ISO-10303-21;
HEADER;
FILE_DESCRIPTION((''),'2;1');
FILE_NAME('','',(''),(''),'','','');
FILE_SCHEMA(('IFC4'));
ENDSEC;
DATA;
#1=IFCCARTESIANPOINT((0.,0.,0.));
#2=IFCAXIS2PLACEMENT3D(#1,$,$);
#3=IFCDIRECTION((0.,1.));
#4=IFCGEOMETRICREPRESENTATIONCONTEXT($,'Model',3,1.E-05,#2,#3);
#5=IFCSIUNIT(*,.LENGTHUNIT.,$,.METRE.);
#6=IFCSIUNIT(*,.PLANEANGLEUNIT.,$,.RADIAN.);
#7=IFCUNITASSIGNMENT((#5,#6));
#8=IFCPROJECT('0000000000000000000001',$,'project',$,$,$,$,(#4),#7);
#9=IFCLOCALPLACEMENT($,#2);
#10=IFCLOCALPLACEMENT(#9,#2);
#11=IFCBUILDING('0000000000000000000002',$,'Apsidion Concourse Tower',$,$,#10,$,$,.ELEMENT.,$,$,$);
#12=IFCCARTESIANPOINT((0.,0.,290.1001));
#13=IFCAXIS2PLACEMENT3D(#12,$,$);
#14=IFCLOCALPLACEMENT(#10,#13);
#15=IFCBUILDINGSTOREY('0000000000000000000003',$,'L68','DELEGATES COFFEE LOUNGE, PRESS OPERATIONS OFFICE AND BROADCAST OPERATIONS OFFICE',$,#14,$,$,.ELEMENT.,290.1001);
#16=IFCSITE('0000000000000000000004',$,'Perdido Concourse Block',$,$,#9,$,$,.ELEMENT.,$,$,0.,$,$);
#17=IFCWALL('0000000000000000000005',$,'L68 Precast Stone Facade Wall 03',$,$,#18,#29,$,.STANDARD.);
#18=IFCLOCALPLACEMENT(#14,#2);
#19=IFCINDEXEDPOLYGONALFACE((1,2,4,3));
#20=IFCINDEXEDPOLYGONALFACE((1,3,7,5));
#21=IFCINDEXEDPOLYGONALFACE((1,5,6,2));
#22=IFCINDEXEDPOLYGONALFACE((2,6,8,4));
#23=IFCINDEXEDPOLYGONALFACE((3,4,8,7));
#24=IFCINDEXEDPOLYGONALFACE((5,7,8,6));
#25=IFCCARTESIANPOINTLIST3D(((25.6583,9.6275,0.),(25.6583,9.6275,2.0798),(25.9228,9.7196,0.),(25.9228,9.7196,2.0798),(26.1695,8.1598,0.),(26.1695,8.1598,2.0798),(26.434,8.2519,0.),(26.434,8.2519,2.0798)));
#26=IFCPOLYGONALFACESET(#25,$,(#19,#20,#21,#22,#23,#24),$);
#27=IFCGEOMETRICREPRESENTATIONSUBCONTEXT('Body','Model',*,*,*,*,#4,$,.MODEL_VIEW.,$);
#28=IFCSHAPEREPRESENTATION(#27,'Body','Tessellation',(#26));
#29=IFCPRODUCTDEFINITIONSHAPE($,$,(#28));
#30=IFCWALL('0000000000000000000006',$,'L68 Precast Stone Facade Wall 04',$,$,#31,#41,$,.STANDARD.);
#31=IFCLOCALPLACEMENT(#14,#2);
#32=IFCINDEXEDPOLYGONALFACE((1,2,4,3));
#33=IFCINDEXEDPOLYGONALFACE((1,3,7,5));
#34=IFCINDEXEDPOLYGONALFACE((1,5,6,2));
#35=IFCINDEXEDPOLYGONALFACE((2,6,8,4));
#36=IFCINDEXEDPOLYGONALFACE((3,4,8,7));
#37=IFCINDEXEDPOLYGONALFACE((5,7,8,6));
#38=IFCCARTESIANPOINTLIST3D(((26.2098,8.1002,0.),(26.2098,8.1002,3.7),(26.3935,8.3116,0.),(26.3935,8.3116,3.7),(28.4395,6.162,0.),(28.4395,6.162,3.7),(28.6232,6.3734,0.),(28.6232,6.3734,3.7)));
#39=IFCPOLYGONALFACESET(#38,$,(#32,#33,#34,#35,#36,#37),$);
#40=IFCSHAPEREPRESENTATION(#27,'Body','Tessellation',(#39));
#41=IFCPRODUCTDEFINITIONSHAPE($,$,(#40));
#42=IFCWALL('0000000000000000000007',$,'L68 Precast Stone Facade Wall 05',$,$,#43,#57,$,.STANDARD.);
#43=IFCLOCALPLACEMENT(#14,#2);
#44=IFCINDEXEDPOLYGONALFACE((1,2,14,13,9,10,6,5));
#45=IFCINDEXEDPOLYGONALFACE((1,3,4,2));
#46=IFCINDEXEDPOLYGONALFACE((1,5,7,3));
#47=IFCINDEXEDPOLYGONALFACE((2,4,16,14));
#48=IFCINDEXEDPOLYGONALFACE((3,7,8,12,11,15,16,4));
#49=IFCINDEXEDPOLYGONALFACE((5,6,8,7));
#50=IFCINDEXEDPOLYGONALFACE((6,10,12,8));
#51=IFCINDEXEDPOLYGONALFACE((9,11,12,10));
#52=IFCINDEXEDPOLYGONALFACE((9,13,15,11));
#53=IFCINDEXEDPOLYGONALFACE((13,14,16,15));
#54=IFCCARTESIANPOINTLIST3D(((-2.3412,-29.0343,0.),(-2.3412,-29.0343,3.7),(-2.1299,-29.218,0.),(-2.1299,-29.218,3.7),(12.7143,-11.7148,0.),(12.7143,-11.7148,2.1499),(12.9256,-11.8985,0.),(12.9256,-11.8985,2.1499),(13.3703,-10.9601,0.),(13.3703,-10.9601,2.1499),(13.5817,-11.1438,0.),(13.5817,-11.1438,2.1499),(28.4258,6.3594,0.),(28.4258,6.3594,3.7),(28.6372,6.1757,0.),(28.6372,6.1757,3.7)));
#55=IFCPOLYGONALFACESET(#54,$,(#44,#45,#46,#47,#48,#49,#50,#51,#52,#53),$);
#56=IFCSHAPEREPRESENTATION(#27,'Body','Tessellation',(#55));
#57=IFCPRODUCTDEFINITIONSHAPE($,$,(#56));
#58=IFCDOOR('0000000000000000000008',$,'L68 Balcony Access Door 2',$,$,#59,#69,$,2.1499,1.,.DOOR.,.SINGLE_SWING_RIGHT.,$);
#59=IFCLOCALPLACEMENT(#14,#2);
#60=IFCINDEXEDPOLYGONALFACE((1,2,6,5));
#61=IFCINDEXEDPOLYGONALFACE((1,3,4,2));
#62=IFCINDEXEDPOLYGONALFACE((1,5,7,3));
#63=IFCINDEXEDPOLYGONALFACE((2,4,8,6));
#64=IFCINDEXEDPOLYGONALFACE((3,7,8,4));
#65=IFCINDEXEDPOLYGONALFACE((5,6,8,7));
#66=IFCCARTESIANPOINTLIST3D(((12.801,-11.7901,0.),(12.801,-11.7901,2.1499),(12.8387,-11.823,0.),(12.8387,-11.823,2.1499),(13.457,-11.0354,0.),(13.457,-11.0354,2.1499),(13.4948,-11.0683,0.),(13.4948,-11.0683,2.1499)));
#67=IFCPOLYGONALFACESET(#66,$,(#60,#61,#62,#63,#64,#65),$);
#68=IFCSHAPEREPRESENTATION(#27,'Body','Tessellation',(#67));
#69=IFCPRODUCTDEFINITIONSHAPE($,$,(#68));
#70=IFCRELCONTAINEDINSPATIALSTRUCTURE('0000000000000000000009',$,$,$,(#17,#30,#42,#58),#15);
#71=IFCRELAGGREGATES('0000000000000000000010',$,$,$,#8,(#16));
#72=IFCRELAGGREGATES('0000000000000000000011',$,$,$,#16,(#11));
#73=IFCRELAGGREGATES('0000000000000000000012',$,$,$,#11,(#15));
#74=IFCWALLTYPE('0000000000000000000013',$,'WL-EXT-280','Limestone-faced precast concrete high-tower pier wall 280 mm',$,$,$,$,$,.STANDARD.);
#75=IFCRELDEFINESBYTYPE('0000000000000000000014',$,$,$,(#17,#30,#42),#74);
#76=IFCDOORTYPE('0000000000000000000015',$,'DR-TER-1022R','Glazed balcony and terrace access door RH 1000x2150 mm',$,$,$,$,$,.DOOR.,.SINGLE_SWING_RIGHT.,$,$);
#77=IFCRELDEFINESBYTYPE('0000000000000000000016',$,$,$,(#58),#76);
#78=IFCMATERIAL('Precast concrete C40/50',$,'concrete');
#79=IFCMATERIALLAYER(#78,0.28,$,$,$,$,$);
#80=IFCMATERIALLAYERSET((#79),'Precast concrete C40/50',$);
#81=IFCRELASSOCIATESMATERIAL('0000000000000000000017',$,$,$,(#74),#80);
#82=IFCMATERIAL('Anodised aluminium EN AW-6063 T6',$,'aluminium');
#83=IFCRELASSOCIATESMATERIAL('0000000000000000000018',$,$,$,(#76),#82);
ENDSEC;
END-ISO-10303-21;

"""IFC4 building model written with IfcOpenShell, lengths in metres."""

from ifc_helpers import new_model, si_unit, direction, frame, frame_2d, origin, place, context, subcontext, project, spatial, rectangle, extrude, material, layer, layer_set, type_object, element, fill, save


model = new_model("IFC4")

# Units and contexts
model_context = context("Model", 3, precision=1e-05, world=origin(), true_north=direction((0.0, 1.0)))
body_context = subcontext(model_context, "Body", "Model", "MODEL_VIEW")
ifc_project = project(units=[si_unit("LENGTHUNIT", "METRE"), si_unit("PLANEANGLEUNIT", "RADIAN")], contexts=[model_context])

# Site, building, storey
site_placement = place(None, origin())
site = spatial("IfcSite", under=ifc_project, at=site_placement, Name="Perdido Concourse Block", CompositionType="ELEMENT", RefElevation=0.0)
building_placement = place(site_placement, origin())
building = spatial("IfcBuilding", under=site, at=building_placement, Name="Apsidion Concourse Tower", CompositionType="ELEMENT")
storey_placement = place(building_placement, frame((0.0, 0.0, 290.1001)))
storey = spatial("IfcBuildingStorey", under=building, at=storey_placement, Name="L68", Description="DELEGATES COFFEE LOUNGE, PRESS OPERATIONS OFFICE AND BROADCAST OPERATIONS OFFICE", CompositionType="ELEMENT", Elevation=290.1001)

# Walls
ifc_material_1 = material(Name="Precast concrete C40/50", Category="concrete")
ifc_layer_1 = layer(ifc_material_1, 0.28)
ifc_layer_set_1 = layer_set([ifc_layer_1], Name="Precast concrete C40/50")
wall_type = type_object("IfcWallType", Name="WL-EXT-280", Description="Limestone-faced precast concrete high-tower pier wall 280 mm", PredefinedType="STANDARD", material=ifc_layer_set_1)
wall_1_placement = place(storey_placement, frame((25.7905, 9.6736, 0.0), z_axis=(0.0, 0.0, 1.0), x_axis=(0.328923, -0.944357, 0.0)))
element("IfcWall", 1, at=wall_1_placement, inside=storey, type_object=wall_type, Name="L68 Precast Stone Facade Wall 03", PredefinedType="STANDARD", context=body_context, shape_type="SweptSolid", body=[
    extrude(rectangle(XDim=1.5542, YDim=0.28, at=frame_2d((0.7771, 0.0))), origin(), (0.0, 0.0, 1.0), 2.0798),
])
wall_2_placement = place(storey_placement, frame((26.3018, 8.2058, 0.0), z_axis=(0.0, 0.0, 1.0), x_axis=(0.754718, -0.65605, 0.0)))
element("IfcWall", 2, at=wall_2_placement, inside=storey, type_object=wall_type, Name="L68 Precast Stone Facade Wall 04", PredefinedType="STANDARD", context=body_context, shape_type="SweptSolid", body=[
    extrude(rectangle(XDim=2.9543, YDim=0.28, at=frame_2d((1.4771, 0.0))), origin(), (0.0, 0.0, 1.0), 3.7),
])

# Wall, opening, door
wall_3_placement = place(storey_placement, frame((28.5315, 6.2676, 0.0), z_axis=(0.0, 0.0, 1.0), x_axis=(-0.656056, -0.754712, 0.0)))
wall_3 = element("IfcWall", 3, at=wall_3_placement, inside=storey, type_object=wall_type, Name="L68 Precast Stone Facade Wall 05", PredefinedType="STANDARD", context=body_context, shape_type="SweptSolid", body=[
    extrude(rectangle(XDim=46.897, YDim=0.28, at=frame_2d((23.4485, 0.0))), origin(), (0.0, 0.0, 1.0), 3.7),
])
opening_placement = place(wall_3_placement, frame((22.9485, 0.0, 0.0)))
opening = element("IfcOpeningElement", 4, at=opening_placement, cuts=wall_3, PredefinedType="OPENING", context=body_context, shape_type="SweptSolid", body=[
    extrude(rectangle(XDim=1.0, YDim=2.1499, at=frame_2d((0.5, 1.075))), frame((0.0, 0.1499, 0.0), z_axis=(0.0, -1.0, 0.0), x_axis=(1.0, 0.0, 0.0)), (0.0, 0.0, 1.0), 0.3),
])
ifc_material_2 = material(Name="Anodised aluminium EN AW-6063 T6", Category="aluminium")
door_type = type_object("IfcDoorType", Name="DR-TER-1022R", Description="Glazed balcony and terrace access door RH 1000x2150 mm", OperationType="SINGLE_SWING_RIGHT", PredefinedType="DOOR", material=ifc_material_2)
door_placement = place(opening_placement, origin())
door = element("IfcDoor", 5, at=door_placement, inside=storey, type_object=door_type, Name="L68 Balcony Access Door 2", OperationType="SINGLE_SWING_RIGHT", OverallHeight=2.1499, OverallWidth=1.0, PredefinedType="DOOR", context=body_context, shape_type="SweptSolid", body=[
    extrude(rectangle(XDim=1.0, YDim=2.1499, at=frame_2d((0.5, 1.075))), frame((0.0, 0.0249, 0.0), z_axis=(0.0, -1.0, 0.0), x_axis=(1.0, 0.0, 0.0)), (0.0, 0.0, 1.0), 0.05),
])
fill(opening, door)

save(model, "model.ifc")
